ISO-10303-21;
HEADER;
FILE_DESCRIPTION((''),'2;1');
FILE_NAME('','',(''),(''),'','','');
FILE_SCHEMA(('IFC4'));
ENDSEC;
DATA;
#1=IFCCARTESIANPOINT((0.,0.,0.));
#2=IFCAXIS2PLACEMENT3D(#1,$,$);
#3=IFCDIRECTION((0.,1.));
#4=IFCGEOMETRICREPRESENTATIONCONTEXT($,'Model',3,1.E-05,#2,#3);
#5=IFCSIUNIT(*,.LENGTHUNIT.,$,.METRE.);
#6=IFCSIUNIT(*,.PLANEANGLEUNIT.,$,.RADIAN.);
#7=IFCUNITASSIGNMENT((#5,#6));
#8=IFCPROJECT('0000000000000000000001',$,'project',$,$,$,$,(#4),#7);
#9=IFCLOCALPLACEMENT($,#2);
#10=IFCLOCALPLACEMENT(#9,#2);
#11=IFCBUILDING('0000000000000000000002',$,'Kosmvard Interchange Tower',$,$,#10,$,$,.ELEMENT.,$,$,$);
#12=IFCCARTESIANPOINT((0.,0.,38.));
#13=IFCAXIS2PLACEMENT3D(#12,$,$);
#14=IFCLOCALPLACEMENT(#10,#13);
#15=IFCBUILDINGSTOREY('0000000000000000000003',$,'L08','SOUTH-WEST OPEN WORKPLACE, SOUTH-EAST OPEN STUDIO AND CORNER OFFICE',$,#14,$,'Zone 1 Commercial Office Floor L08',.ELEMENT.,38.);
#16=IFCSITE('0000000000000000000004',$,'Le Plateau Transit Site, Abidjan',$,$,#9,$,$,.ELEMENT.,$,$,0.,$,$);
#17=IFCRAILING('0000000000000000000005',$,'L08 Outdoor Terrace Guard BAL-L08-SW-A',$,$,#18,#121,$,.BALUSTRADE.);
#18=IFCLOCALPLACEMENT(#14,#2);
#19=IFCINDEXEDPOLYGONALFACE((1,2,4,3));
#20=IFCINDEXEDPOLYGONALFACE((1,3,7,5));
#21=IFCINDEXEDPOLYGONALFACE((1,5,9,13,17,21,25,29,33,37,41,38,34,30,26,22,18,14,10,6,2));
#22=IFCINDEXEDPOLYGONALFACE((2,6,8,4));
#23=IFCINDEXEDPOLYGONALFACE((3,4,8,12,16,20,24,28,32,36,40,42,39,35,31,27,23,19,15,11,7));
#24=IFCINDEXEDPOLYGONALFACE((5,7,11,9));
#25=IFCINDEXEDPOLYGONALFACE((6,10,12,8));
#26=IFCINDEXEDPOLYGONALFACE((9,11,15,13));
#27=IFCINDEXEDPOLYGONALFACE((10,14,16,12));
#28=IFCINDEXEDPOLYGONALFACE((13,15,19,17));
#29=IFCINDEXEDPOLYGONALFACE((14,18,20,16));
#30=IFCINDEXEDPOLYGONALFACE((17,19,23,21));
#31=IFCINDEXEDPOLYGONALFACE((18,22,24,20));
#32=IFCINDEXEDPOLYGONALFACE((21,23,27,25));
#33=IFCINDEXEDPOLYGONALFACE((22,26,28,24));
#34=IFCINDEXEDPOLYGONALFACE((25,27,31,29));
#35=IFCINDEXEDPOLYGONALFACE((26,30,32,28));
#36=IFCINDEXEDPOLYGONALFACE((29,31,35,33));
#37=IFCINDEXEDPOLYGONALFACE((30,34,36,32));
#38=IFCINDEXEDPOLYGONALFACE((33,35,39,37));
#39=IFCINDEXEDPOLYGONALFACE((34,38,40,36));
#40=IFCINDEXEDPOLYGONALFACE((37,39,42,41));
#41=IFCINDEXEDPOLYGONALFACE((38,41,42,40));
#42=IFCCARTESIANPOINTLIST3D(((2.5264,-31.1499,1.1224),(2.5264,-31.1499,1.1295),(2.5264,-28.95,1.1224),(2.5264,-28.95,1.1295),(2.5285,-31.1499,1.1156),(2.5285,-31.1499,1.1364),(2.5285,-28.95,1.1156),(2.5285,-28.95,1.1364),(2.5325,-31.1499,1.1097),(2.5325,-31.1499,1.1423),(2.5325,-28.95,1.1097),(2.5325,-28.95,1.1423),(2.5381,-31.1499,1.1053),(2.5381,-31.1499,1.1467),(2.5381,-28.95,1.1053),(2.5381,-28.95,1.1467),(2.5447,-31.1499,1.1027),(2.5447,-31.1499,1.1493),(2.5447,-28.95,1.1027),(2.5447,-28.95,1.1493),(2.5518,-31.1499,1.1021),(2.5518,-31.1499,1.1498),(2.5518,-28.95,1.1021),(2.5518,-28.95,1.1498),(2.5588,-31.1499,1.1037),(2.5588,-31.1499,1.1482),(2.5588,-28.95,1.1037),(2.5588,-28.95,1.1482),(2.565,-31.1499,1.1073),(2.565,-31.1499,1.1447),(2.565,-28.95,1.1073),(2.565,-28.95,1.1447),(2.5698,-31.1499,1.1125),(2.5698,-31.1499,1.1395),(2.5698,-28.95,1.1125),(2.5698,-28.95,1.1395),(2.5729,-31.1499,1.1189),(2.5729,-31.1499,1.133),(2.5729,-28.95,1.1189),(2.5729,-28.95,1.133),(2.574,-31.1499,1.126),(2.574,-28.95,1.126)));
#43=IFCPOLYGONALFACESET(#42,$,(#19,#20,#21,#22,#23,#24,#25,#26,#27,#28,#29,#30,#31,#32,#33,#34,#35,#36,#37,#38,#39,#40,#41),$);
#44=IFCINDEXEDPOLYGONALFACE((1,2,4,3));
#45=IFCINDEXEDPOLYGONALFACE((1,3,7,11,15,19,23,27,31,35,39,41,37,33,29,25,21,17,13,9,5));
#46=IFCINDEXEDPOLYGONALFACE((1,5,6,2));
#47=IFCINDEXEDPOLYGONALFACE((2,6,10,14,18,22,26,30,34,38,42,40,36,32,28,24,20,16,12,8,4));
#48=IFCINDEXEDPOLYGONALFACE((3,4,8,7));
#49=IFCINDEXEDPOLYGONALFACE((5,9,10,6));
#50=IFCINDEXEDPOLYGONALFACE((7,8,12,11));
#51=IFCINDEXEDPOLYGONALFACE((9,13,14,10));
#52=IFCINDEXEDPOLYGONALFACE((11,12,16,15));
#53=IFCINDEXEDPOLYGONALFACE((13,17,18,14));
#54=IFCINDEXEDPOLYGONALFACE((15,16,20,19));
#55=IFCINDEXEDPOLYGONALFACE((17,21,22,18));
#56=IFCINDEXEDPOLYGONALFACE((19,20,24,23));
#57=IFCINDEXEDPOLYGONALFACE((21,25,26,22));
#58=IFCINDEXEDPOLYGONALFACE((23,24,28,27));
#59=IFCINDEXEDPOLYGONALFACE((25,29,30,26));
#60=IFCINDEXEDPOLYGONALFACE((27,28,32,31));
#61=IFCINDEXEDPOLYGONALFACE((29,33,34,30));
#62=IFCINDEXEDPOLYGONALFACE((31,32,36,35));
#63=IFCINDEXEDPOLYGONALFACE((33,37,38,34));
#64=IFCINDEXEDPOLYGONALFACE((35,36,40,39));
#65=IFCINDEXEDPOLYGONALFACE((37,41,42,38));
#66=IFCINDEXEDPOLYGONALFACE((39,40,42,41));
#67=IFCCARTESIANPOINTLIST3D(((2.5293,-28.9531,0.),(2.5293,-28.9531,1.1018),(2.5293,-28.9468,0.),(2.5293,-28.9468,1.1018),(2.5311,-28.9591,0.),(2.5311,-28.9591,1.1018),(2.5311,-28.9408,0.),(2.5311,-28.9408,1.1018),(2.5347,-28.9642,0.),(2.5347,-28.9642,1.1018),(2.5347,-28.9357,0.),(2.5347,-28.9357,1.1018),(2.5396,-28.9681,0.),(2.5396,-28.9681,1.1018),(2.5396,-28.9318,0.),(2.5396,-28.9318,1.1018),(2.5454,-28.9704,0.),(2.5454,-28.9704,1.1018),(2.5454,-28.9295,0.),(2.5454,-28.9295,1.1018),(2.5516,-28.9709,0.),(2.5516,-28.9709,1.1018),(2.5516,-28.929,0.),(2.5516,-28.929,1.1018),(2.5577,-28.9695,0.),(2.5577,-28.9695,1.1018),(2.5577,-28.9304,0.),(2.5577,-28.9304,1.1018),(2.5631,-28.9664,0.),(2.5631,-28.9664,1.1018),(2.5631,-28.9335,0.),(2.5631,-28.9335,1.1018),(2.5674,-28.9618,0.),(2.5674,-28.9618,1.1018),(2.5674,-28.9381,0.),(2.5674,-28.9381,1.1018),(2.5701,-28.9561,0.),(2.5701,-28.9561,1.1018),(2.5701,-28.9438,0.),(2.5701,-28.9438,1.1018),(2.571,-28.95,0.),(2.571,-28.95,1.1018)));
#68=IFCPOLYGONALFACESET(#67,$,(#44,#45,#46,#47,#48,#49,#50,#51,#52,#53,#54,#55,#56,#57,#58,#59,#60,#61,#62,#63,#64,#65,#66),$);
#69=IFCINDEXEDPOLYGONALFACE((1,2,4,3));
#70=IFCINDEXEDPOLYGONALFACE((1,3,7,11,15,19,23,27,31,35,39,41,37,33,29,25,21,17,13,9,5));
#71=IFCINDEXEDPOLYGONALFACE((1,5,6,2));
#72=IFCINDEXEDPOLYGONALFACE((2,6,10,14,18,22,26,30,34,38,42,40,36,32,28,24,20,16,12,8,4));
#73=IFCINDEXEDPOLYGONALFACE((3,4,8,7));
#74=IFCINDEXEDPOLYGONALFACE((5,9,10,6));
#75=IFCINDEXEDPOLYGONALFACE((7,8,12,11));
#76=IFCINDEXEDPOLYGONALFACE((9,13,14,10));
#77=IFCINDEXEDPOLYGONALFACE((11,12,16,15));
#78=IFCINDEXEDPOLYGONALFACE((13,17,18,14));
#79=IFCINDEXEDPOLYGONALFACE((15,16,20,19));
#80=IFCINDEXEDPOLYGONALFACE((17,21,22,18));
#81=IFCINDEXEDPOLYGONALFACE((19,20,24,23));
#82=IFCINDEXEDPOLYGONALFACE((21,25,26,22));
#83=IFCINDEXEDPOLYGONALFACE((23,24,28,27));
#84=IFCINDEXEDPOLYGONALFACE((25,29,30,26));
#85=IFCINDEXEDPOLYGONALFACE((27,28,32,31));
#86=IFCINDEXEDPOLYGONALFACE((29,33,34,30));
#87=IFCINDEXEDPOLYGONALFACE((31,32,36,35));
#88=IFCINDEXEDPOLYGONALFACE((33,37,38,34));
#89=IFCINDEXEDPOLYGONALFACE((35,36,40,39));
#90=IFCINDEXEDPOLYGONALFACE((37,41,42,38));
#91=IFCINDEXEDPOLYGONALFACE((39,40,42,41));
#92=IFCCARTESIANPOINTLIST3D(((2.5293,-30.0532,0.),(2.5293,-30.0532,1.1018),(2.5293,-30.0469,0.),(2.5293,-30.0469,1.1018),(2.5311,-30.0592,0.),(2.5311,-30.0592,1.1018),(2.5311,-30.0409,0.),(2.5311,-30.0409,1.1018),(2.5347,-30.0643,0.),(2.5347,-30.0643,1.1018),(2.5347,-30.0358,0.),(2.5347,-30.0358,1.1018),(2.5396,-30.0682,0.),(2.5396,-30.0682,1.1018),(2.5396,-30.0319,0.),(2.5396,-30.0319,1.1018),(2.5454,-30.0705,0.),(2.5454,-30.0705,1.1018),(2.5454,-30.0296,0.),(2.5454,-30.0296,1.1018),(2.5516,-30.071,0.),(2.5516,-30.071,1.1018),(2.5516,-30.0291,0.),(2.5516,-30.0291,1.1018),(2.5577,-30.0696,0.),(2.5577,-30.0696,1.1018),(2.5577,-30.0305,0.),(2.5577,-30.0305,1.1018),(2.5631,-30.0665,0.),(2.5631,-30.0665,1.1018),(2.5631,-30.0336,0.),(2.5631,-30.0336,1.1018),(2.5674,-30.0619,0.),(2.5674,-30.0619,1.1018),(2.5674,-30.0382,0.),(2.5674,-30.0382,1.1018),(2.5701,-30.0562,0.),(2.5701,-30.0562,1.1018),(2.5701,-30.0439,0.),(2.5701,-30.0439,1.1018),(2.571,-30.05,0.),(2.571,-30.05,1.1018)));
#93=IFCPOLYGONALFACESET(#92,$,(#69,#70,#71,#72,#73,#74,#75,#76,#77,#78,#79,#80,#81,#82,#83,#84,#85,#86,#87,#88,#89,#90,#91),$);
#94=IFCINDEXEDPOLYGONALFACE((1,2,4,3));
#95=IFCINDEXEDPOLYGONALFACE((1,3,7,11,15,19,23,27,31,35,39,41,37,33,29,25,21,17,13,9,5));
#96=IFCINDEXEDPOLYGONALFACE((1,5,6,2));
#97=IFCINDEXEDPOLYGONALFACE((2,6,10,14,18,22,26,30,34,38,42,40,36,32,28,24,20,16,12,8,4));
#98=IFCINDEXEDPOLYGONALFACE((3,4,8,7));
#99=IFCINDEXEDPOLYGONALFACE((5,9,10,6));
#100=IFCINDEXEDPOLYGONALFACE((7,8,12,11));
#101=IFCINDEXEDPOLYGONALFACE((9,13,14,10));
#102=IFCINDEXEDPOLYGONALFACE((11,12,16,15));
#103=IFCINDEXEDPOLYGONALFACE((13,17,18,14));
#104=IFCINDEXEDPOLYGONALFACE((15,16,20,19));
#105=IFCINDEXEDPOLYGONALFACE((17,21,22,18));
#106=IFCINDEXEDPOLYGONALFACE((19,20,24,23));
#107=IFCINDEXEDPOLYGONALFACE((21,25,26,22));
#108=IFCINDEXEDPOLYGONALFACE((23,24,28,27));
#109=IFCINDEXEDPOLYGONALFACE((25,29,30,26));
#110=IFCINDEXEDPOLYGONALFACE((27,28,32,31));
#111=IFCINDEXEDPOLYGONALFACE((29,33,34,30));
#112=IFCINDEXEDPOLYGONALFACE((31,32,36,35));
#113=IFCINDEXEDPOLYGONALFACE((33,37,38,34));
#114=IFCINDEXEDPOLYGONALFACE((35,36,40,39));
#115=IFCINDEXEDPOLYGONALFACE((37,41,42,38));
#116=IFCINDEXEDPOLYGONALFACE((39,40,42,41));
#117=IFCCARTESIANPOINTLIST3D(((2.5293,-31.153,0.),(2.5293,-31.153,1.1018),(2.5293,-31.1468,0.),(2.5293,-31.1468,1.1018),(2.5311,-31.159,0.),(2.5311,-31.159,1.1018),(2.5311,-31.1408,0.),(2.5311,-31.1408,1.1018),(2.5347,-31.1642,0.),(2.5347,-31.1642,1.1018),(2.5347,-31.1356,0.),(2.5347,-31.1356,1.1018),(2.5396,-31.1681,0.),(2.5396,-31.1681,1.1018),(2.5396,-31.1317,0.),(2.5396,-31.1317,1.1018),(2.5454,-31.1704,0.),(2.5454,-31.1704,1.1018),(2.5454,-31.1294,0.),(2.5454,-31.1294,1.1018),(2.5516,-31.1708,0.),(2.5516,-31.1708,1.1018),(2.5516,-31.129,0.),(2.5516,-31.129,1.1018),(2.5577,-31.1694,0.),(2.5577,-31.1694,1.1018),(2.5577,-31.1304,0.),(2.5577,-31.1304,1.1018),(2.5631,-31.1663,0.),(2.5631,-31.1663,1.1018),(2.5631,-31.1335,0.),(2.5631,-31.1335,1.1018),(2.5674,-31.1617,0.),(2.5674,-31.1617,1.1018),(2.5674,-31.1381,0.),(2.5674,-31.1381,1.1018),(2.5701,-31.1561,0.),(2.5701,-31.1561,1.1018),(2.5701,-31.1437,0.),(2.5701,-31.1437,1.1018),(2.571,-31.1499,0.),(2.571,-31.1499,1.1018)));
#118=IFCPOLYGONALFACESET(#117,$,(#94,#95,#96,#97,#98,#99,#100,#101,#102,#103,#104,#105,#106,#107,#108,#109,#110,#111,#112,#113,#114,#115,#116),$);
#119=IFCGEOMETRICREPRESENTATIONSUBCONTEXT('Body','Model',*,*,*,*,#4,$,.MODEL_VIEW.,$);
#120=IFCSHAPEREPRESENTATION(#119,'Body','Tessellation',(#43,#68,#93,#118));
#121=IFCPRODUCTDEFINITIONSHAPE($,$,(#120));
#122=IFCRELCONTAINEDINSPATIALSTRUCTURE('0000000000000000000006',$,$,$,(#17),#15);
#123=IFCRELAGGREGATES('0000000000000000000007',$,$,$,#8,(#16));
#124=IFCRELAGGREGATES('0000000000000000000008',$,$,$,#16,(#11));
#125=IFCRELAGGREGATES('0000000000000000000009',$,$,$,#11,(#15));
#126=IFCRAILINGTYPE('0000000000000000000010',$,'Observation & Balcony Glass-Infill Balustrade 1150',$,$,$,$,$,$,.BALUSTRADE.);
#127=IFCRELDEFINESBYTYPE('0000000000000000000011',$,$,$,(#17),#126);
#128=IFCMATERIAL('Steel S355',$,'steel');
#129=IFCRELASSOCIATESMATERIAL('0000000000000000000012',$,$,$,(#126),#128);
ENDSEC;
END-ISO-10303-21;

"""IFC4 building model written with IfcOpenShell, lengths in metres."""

from ifc_helpers import new_model, si_unit, direction, frame, origin, origin_2d, place, context, subcontext, project, spatial, circle, extrude, source, transform, mapped, material, type_object, element, save


model = new_model("IFC4")

# Units and contexts
model_context = context("Model", 3, precision=1e-05, world=origin(), true_north=direction((0.0, 1.0)))
body_context = subcontext(model_context, "Body", "Model", "MODEL_VIEW")
ifc_project = project(units=[si_unit("LENGTHUNIT", "METRE"), si_unit("PLANEANGLEUNIT", "RADIAN")], contexts=[model_context])

# Site, building, storey
site_placement = place(None, origin())
site = spatial("IfcSite", under=ifc_project, at=site_placement, Name="Le Plateau Transit Site, Abidjan", CompositionType="ELEMENT", RefElevation=0.0)
building_placement = place(site_placement, origin())
building = spatial("IfcBuilding", under=site, at=building_placement, Name="Kosmvard Interchange Tower", CompositionType="ELEMENT")
storey_placement = place(building_placement, frame((0.0, 0.0, 38.0)))
storey = spatial("IfcBuildingStorey", under=building, at=storey_placement, Name="L08", Description="SOUTH-WEST OPEN WORKPLACE, SOUTH-EAST OPEN STUDIO AND CORNER OFFICE", LongName="Zone 1 Commercial Office Floor L08", CompositionType="ELEMENT", Elevation=38.0)

# Shared definitions
ifc_material_1 = material(Name="Steel S355", Category="steel")

# Railing
railing_type = type_object("IfcRailingType", Name="Observation & Balcony Glass-Infill Balustrade 1150", PredefinedType="BALUSTRADE", material=ifc_material_1)
shared_shape_1 = source(origin(), body_context, "Body", "SweptSolid", [
    extrude(circle(Radius=0.0239, at=origin_2d()), frame((0.0, 0.0, 1.126), z_axis=(0.0, -1.0, 0.0), x_axis=(1.0, 0.0, 0.0)), (0.0, 0.0, 1.0), 2.2),
    extrude(circle(Radius=0.021, at=origin_2d()), origin(), (0.0, 0.0, 1.0), 1.1018),
    extrude(circle(Radius=0.021, at=origin_2d()), frame((0.0, -1.1001, 0.0)), (0.0, 0.0, 1.0), 1.1018),
    extrude(circle(Radius=0.021, at=origin_2d()), frame((0.0, -2.2, 0.0)), (0.0, 0.0, 1.0), 1.1018),
])
railing_1_placement = place(storey_placement, frame((2.55, -28.95, 0.0)))
element("IfcRailing", 1, at=railing_1_placement, inside=storey, type_object=railing_type, Name="L08 Outdoor Terrace Guard BAL-L08-SW-A", PredefinedType="BALUSTRADE", context=body_context, shape_type="MappedRepresentation", body=[
    mapped(shared_shape_1, transform((0.0, 0.0, 0.0), scale=1.0)),
])

save(model, "model.ifc")
